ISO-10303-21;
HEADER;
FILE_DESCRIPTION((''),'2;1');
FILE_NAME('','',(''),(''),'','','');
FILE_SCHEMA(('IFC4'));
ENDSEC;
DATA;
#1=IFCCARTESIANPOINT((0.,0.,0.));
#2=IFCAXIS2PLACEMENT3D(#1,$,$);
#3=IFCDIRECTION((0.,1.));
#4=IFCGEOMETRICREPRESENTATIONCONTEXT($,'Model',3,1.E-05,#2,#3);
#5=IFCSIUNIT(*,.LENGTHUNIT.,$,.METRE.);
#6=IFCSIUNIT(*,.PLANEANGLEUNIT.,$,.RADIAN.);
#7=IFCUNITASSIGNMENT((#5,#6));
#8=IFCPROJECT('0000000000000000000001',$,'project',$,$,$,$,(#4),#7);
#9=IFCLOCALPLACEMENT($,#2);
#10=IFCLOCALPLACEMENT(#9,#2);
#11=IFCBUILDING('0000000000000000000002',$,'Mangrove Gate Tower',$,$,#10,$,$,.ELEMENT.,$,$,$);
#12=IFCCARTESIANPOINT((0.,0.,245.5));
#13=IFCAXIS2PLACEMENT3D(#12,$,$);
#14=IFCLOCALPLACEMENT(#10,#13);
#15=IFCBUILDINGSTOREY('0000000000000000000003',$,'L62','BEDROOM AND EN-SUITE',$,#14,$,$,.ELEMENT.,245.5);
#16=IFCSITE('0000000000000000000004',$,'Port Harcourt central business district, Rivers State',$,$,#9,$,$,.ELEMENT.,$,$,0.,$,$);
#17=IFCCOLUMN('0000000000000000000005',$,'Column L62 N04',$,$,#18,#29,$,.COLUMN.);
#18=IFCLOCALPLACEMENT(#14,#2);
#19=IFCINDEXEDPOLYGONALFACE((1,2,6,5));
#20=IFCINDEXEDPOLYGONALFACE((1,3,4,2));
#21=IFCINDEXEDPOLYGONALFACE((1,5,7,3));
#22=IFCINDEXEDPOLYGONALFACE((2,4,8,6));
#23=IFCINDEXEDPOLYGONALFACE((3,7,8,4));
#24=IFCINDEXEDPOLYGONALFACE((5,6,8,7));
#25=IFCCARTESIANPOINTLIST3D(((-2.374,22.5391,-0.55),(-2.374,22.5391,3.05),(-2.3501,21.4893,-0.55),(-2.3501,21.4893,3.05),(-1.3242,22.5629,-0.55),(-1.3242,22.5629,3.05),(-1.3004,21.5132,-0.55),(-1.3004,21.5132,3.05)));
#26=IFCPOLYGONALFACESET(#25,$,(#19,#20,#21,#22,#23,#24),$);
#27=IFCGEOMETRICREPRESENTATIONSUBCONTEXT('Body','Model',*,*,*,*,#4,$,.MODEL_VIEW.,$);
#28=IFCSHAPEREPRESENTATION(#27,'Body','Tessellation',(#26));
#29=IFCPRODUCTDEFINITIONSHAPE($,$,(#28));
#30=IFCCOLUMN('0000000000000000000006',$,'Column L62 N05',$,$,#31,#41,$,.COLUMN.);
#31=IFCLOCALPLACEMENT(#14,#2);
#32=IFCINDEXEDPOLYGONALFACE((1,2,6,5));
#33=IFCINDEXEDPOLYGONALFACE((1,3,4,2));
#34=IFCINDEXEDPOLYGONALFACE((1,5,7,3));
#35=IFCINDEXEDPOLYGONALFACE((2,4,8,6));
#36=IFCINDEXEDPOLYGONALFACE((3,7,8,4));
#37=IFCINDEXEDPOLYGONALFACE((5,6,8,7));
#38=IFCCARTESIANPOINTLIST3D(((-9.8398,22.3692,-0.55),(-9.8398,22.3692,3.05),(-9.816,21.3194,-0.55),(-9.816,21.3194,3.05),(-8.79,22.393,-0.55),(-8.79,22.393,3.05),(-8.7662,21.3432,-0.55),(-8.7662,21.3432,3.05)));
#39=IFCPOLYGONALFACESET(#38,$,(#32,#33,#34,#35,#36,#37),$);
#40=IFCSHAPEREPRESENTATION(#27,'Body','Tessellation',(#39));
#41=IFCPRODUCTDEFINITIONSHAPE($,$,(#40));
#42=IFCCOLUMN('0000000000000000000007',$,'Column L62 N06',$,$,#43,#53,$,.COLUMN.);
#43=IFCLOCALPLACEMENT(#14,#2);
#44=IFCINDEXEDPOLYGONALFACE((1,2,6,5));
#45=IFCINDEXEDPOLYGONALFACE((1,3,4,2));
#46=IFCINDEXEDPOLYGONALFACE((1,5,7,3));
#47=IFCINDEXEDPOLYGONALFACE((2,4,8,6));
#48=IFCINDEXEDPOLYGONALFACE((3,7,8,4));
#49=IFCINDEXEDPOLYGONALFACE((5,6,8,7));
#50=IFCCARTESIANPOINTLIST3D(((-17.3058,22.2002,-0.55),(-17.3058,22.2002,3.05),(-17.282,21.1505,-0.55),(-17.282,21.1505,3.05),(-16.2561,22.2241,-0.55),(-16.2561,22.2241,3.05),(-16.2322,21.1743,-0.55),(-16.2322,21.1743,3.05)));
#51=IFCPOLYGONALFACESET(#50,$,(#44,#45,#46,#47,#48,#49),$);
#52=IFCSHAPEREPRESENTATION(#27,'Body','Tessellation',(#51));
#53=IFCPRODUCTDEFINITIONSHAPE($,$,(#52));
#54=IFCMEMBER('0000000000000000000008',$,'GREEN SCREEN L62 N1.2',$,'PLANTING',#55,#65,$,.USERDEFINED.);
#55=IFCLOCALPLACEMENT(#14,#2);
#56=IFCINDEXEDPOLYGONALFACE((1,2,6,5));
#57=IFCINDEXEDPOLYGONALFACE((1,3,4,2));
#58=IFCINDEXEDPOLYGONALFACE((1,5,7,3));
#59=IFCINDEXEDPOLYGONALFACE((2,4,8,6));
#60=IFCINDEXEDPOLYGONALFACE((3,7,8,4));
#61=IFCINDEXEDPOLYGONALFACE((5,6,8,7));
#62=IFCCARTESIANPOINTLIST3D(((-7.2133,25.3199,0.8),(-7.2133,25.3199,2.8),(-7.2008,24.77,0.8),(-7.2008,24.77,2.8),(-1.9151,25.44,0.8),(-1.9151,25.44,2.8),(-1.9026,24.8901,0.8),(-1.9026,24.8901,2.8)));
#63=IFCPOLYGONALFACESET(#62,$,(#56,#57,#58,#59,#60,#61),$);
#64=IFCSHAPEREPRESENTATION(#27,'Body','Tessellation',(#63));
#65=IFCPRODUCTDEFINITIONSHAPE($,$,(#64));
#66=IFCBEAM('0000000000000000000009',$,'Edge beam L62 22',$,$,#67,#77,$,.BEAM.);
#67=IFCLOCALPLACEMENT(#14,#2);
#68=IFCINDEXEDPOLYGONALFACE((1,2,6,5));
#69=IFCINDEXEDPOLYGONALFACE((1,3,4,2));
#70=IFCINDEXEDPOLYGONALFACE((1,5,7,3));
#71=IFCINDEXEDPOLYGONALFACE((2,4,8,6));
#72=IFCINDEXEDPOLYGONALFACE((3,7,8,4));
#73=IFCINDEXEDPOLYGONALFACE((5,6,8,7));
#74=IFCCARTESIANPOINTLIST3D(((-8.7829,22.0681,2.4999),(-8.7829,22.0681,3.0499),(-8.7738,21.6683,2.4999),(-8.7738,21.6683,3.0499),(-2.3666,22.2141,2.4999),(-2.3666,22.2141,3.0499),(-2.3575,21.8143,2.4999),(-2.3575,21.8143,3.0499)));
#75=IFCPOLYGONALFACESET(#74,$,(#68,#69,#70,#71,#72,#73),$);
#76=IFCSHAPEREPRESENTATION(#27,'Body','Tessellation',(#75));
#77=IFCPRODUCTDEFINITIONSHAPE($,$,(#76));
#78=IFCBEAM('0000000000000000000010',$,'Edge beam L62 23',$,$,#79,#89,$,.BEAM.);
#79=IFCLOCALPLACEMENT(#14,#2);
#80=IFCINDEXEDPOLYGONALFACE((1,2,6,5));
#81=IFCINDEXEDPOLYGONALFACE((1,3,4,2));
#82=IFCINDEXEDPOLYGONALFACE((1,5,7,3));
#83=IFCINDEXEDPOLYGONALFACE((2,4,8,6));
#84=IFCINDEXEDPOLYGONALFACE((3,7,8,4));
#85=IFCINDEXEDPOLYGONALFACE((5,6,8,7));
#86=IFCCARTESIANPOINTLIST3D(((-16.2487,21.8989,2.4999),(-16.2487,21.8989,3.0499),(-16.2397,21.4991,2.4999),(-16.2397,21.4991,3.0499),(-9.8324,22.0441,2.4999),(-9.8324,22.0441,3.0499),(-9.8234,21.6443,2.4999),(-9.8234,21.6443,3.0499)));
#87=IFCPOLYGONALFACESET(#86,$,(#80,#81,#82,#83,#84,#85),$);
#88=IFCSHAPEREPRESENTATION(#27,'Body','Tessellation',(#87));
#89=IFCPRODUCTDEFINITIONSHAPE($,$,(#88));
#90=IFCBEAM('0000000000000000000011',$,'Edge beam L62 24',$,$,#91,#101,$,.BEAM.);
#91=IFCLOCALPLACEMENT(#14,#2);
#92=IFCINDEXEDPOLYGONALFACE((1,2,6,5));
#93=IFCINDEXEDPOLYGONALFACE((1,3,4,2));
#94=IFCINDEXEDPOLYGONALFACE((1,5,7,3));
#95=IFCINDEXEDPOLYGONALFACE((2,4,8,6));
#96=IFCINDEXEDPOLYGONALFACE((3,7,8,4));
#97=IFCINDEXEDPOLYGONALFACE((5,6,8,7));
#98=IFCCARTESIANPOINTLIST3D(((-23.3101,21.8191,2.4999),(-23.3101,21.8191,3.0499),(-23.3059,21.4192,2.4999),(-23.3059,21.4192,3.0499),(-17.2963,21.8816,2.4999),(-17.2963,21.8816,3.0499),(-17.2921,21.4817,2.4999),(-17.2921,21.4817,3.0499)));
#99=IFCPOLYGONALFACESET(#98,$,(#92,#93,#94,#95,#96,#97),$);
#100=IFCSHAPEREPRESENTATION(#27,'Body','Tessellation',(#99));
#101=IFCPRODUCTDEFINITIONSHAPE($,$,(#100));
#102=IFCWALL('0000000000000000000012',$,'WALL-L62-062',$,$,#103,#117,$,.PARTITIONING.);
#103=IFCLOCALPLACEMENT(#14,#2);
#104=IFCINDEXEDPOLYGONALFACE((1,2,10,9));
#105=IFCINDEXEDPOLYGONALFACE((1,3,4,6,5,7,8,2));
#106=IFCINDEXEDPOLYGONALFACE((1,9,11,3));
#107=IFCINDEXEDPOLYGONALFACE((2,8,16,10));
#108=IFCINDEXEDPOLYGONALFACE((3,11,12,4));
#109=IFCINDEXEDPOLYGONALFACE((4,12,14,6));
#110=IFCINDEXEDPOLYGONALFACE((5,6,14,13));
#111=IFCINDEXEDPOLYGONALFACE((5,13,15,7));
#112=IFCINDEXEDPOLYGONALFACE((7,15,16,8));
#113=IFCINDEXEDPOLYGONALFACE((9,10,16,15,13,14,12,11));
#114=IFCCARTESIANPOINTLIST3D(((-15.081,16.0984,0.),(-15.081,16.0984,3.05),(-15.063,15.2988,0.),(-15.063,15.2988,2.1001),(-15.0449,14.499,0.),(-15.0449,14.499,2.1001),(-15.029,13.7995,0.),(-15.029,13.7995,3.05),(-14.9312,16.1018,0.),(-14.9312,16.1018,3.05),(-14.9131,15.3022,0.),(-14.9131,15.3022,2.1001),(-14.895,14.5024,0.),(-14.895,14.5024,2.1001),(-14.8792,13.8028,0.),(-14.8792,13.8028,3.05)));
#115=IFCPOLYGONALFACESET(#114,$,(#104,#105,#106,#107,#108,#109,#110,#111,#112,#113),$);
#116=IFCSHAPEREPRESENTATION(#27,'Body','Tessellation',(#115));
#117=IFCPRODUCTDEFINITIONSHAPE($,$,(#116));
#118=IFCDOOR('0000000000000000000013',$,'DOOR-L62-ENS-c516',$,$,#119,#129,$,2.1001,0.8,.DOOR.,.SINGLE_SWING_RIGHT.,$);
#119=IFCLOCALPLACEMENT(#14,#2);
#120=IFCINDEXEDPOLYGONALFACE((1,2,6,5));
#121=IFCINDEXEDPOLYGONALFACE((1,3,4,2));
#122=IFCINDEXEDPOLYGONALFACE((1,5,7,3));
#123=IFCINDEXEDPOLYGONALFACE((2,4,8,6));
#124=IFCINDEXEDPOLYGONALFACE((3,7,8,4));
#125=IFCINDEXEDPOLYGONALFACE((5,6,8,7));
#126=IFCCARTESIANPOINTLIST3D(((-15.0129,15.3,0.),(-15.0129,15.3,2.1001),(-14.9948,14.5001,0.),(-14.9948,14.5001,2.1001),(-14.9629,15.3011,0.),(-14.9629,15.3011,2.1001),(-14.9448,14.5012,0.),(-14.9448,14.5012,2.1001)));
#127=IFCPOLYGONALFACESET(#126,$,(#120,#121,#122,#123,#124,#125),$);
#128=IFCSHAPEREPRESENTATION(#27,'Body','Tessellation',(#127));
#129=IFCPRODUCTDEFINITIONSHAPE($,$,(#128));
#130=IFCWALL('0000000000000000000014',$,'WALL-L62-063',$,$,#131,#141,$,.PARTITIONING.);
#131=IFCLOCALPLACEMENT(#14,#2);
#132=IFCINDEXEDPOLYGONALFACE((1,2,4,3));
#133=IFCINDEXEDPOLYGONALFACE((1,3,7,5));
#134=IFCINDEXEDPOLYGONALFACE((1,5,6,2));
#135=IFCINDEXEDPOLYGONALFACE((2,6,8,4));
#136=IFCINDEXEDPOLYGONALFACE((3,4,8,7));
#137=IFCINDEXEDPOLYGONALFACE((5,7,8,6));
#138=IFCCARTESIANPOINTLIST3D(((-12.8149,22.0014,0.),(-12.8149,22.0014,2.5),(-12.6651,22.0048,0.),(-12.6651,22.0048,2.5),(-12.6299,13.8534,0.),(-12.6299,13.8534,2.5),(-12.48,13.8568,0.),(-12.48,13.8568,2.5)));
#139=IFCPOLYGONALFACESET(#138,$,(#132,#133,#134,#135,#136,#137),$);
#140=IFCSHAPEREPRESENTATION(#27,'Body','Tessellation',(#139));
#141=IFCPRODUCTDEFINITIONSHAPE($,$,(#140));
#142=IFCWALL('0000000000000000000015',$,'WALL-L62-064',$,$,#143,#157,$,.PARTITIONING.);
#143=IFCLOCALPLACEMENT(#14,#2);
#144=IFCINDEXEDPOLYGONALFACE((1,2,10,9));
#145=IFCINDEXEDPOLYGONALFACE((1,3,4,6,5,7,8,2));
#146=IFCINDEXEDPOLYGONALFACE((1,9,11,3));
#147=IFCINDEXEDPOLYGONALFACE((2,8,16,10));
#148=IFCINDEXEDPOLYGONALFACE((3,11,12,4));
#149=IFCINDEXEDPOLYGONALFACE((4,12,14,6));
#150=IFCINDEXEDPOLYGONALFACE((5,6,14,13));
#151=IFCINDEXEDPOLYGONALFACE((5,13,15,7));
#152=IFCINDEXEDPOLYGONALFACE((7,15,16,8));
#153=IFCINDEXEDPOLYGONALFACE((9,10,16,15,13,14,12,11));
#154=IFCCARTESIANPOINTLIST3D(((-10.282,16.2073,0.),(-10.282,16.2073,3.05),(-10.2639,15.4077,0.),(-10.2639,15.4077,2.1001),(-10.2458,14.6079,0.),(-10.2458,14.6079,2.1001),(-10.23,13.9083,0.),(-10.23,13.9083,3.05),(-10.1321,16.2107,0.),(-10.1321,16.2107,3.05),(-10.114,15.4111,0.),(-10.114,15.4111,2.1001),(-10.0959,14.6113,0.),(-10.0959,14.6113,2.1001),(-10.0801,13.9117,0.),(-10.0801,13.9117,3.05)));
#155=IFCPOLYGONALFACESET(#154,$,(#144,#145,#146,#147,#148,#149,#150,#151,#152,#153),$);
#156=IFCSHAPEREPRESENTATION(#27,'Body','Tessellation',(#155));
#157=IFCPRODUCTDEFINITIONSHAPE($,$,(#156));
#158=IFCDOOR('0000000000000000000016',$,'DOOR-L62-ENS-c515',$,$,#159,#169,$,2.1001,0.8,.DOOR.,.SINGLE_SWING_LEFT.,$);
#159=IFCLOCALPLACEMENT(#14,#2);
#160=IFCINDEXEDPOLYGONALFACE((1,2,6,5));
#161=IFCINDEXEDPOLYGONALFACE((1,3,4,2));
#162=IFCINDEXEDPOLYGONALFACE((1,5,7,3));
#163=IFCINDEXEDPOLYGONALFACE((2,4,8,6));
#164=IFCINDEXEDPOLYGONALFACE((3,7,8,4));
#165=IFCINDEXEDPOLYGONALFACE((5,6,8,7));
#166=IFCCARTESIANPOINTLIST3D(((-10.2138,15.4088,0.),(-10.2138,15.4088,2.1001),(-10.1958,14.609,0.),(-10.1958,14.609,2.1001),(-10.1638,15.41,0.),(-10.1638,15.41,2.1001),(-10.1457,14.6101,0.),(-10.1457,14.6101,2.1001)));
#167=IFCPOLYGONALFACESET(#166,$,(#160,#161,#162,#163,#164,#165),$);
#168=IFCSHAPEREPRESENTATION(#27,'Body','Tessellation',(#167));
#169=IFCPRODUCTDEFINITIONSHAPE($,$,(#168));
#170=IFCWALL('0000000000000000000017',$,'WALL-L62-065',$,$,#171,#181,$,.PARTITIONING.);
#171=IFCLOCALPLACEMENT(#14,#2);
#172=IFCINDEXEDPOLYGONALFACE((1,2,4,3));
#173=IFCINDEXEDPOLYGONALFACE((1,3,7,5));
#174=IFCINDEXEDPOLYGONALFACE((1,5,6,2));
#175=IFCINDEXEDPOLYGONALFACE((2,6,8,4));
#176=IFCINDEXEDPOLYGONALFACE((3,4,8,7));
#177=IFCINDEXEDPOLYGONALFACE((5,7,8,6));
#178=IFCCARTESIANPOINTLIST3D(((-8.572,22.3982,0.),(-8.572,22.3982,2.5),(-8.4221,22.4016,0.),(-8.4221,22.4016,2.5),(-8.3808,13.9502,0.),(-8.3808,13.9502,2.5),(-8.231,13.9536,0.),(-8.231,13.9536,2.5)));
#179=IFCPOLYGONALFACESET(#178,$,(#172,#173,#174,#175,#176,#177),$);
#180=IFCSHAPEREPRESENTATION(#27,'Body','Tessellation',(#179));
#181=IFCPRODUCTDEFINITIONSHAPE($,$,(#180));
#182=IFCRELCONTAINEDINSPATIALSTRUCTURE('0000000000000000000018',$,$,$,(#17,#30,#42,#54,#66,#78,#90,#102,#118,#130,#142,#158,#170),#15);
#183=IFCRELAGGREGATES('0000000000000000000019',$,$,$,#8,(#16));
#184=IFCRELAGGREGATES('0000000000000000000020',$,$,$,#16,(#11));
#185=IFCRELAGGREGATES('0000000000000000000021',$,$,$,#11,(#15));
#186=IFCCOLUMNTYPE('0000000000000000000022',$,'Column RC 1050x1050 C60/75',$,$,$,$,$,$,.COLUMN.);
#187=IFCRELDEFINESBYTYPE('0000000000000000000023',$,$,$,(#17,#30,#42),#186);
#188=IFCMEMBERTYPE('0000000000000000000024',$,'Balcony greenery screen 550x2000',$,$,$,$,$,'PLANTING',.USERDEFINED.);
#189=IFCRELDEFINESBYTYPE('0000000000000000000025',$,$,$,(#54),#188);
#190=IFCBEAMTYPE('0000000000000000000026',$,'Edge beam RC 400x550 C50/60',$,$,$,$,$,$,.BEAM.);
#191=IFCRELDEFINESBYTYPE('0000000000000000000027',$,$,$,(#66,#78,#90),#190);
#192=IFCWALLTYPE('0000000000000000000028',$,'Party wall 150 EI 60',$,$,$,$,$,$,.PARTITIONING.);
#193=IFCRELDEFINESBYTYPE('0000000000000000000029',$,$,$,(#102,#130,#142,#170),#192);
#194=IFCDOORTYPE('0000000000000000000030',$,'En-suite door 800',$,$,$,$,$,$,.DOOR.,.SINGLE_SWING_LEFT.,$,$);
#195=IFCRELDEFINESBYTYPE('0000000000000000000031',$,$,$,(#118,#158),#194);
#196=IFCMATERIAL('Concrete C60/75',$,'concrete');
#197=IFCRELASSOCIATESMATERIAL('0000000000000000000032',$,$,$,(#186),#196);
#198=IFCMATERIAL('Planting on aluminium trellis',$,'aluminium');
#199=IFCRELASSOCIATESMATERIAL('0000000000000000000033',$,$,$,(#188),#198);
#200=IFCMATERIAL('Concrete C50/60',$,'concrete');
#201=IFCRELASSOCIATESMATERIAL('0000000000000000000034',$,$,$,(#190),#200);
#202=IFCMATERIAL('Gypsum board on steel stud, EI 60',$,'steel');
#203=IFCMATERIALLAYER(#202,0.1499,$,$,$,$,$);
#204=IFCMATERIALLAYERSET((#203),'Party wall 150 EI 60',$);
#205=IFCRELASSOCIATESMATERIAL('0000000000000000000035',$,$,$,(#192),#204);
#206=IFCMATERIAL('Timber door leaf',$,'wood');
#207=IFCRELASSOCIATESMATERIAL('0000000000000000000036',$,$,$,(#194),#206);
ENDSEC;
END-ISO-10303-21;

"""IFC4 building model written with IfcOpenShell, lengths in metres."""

from ifc_helpers import new_model, si_unit, direction, frame, frame_2d, origin, origin_2d, place, context, subcontext, project, spatial, rectangle, extrude, material, layer, layer_set, material_profile, profile_set, type_object, element, fill, save


model = new_model("IFC4")

# Units and contexts
model_context = context("Model", 3, precision=1e-05, world=origin(), true_north=direction((0.0, 1.0)))
body_context = subcontext(model_context, "Body", "Model", "MODEL_VIEW")
ifc_project = project(units=[si_unit("LENGTHUNIT", "METRE"), si_unit("PLANEANGLEUNIT", "RADIAN")], contexts=[model_context])

# Site, building, storey
site_placement = place(None, origin())
site = spatial("IfcSite", under=ifc_project, at=site_placement, Name="Port Harcourt central business district, Rivers State", CompositionType="ELEMENT", RefElevation=0.0)
building_placement = place(site_placement, origin())
building = spatial("IfcBuilding", under=site, at=building_placement, Name="Mangrove Gate Tower", CompositionType="ELEMENT")
storey_placement = place(building_placement, frame((0.0, 0.0, 245.5)))
storey = spatial("IfcBuildingStorey", under=building, at=storey_placement, Name="L62", Description="BEDROOM AND EN-SUITE", CompositionType="ELEMENT", Elevation=245.5)

# Columns
ifc_material_1 = material(Name="Concrete C60/75", Category="concrete")
ifc_material_profile_1 = material_profile(ifc_material_1, rectangle(XDim=1.05, YDim=1.05, at=origin_2d()))
ifc_profile_set_1 = profile_set([ifc_material_profile_1], Name="Concrete C60/75")
column_type = type_object("IfcColumnType", Name="Column RC 1050x1050 C60/75", PredefinedType="COLUMN", material=ifc_profile_set_1)
for number, where, z_axis, x_axis, name in (
    (1, (-1.8372, 22.0261, -0.55), (0.0, 0.0, 1.0), (-0.999742, -0.022697, 0.0), "Column L62 N04"),
    (2, (-9.303, 21.8562, -0.55), (0.0, 0.0, 1.0), (-0.999742, -0.022697, 0.0), "Column L62 N05"),
    (3, (-16.769, 21.6873, -0.55), (0.0, 0.0, 1.0), (-0.999742, -0.022697, 0.0), "Column L62 N06"),
):
    element("IfcColumn", number, at=place(storey_placement, frame(where, z_axis=z_axis, x_axis=x_axis)), inside=storey, type_object=column_type, Name=name, PredefinedType="COLUMN", context=body_context, shape_type="SweptSolid", body=[
        extrude(rectangle(XDim=1.05, YDim=1.05, at=origin_2d()), origin(), (0.0, 0.0, 1.0), 3.6001),
    ])

# Member
ifc_material_2 = material(Name="Planting on aluminium trellis", Category="aluminium")
ifc_material_profile_2 = material_profile(ifc_material_2, rectangle(XDim=0.55, YDim=2.0, at=origin_2d()))
ifc_profile_set_2 = profile_set([ifc_material_profile_2], Name="Planting on aluminium trellis")
member_type = type_object("IfcMemberType", Name="Balcony greenery screen 550x2000", ElementType="PLANTING", PredefinedType="USERDEFINED", material=ifc_profile_set_2)
member_placement = place(storey_placement, frame((-7.207, 25.0449, 1.8), z_axis=(0.999743, 0.022666, 0.0), x_axis=(-0.022666, 0.999743, 0.0)))
element("IfcMember", 4, at=member_placement, inside=storey, type_object=member_type, Name="GREEN SCREEN L62 N1.2", ObjectType="PLANTING", PredefinedType="USERDEFINED", context=body_context, shape_type="SweptSolid", body=[
    extrude(rectangle(XDim=0.55, YDim=2.0, at=origin_2d()), origin(), (0.0, 0.0, 1.0), 5.2996),
])

# Beams
ifc_material_3 = material(Name="Concrete C50/60", Category="concrete")
ifc_material_profile_3 = material_profile(ifc_material_3, rectangle(XDim=0.3999, YDim=0.55, at=origin_2d()))
ifc_profile_set_3 = profile_set([ifc_material_profile_3], Name="Concrete C50/60")
beam_type = type_object("IfcBeamType", Name="Edge beam RC 400x550 C50/60", PredefinedType="BEAM", material=ifc_profile_set_3)
for number, where, z_axis, x_axis, name in (
    (5, (-2.3621, 22.0142, 2.7749), (-0.999741, -0.022748, 0.0), (0.022748, -0.999741, 0.0), "Edge beam L62 22"),
    (6, (-9.8279, 21.8442, 2.7749), (-0.999744, -0.022634, 0.0), (0.022634, -0.999744, 0.0), "Edge beam L62 23"),
):
    element("IfcBeam", number, at=place(storey_placement, frame(where, z_axis=z_axis, x_axis=x_axis)), inside=storey, type_object=beam_type, Name=name, PredefinedType="BEAM", context=body_context, shape_type="SweptSolid", body=[
        extrude(rectangle(XDim=0.3999, YDim=0.55, at=origin_2d()), origin(), (0.0, 0.0, 1.0), 6.418),
    ])
beam_placement = place(storey_placement, frame((-17.2942, 21.6816, 2.7749), z_axis=(-0.999946, -0.010392, 0.0), x_axis=(0.010392, -0.999946, 0.0)))
element("IfcBeam", 7, at=beam_placement, inside=storey, type_object=beam_type, Name="Edge beam L62 24", PredefinedType="BEAM", context=body_context, shape_type="SweptSolid", body=[
    extrude(rectangle(XDim=0.3999, YDim=0.55, at=origin_2d()), origin(), (0.0, 0.0, 1.0), 6.0142),
])

# Wall, opening, door
ifc_material_4 = material(Name="Gypsum board on steel stud, EI 60", Category="steel")
ifc_layer_1 = layer(ifc_material_4, 0.1499)
ifc_layer_set_1 = layer_set([ifc_layer_1], Name="Party wall 150 EI 60")
wall_type_1 = type_object("IfcWallType", Name="Party wall 150 EI 60", PredefinedType="PARTITIONING", material=ifc_layer_set_1)
wall_1_placement = place(storey_placement, frame((-14.9541, 13.801, 0.0), z_axis=(0.0, 0.0, 1.0), x_axis=(-0.022613, 0.999744, 0.0)))
wall_1 = element("IfcWall", 8, at=wall_1_placement, inside=storey, type_object=wall_type_1, Name="WALL-L62-062", PredefinedType="PARTITIONING", context=body_context, shape_type="SweptSolid", body=[
    extrude(rectangle(XDim=2.2996, YDim=0.1499, at=frame_2d((1.1499, 0.0))), origin(), (0.0, 0.0, 1.0), 3.05),
])
opening_1_placement = place(wall_1_placement, frame((0.7, 0.0, 0.0)))
opening_1 = element("IfcOpeningElement", 9, at=opening_1_placement, cuts=wall_1, PredefinedType="OPENING", context=body_context, shape_type="SweptSolid", body=[
    extrude(rectangle(XDim=0.8, YDim=2.1001, at=frame_2d((0.3999, 1.05))), frame((0.0, 0.085, 0.0), z_axis=(0.0, -1.0, 0.0), x_axis=(1.0, 0.0, 0.0)), (0.0, 0.0, 1.0), 0.1699),
])
ifc_material_5 = material(Name="Timber door leaf", Category="wood")
door_type = type_object("IfcDoorType", Name="En-suite door 800", OperationType="SINGLE_SWING_LEFT", PredefinedType="DOOR", material=ifc_material_5)
door_1_placement = place(opening_1_placement, origin())
door_1 = element("IfcDoor", 10, at=door_1_placement, inside=storey, type_object=door_type, Name="DOOR-L62-ENS-c516", OperationType="SINGLE_SWING_RIGHT", OverallHeight=2.1001, OverallWidth=0.8, PredefinedType="DOOR", context=body_context, shape_type="SweptSolid", body=[
    extrude(rectangle(XDim=0.8, YDim=2.1001, at=frame_2d((0.3999, 1.05))), frame((0.0, 0.0249, 0.0), z_axis=(0.0, -1.0, 0.0), x_axis=(1.0, 0.0, 0.0)), (0.0, 0.0, 1.0), 0.05),
])
fill(opening_1, door_1)

# Wall
wall_2_placement = place(storey_placement, frame((-12.5549, 13.855, 0.0), z_axis=(0.0, 0.0, 1.0), x_axis=(-0.022706, 0.999742, 0.0)))
element("IfcWall", 11, at=wall_2_placement, inside=storey, type_object=wall_type_1, Name="WALL-L62-063", PredefinedType="PARTITIONING", context=body_context, shape_type="SweptSolid", body=[
    extrude(rectangle(XDim=8.1501, YDim=0.1499, at=frame_2d((4.0752, 0.0))), origin(), (0.0, 0.0, 1.0), 2.5),
])

# Wall, opening, door
wall_3_placement = place(storey_placement, frame((-10.155, 13.9099, 0.0), z_axis=(0.0, 0.0, 1.0), x_axis=(-0.022613, 0.999744, 0.0)))
wall_3 = element("IfcWall", 12, at=wall_3_placement, inside=storey, type_object=wall_type_1, Name="WALL-L62-064", PredefinedType="PARTITIONING", context=body_context, shape_type="SweptSolid", body=[
    extrude(rectangle(XDim=2.2996, YDim=0.1499, at=frame_2d((1.1499, 0.0))), origin(), (0.0, 0.0, 1.0), 3.05),
])
opening_2_placement = place(wall_3_placement, frame((0.7, 0.0, 0.0)))
opening_2 = element("IfcOpeningElement", 13, at=opening_2_placement, cuts=wall_3, PredefinedType="OPENING", context=body_context, shape_type="SweptSolid", body=[
    extrude(rectangle(XDim=0.8, YDim=2.1001, at=frame_2d((0.3999, 1.05))), frame((0.0, 0.085, 0.0), z_axis=(0.0, -1.0, 0.0), x_axis=(1.0, 0.0, 0.0)), (0.0, 0.0, 1.0), 0.1699),
])
door_2_placement = place(opening_2_placement, origin())
door_2 = element("IfcDoor", 14, at=door_2_placement, inside=storey, type_object=door_type, Name="DOOR-L62-ENS-c515", OperationType="SINGLE_SWING_LEFT", OverallHeight=2.1001, OverallWidth=0.8, PredefinedType="DOOR", context=body_context, shape_type="SweptSolid", body=[
    extrude(rectangle(XDim=0.8, YDim=2.1001, at=frame_2d((0.3999, 1.05))), frame((0.0, 0.0249, 0.0), z_axis=(0.0, -1.0, 0.0), x_axis=(1.0, 0.0, 0.0)), (0.0, 0.0, 1.0), 0.05),
])
fill(opening_2, door_2)

# Wall
wall_4_placement = place(storey_placement, frame((-8.3059, 13.9519, 0.0), z_axis=(0.0, 0.0, 1.0), x_axis=(-0.022622, 0.999744, 0.0)))
element("IfcWall", 15, at=wall_4_placement, inside=storey, type_object=wall_type_1, Name="WALL-L62-065", PredefinedType="PARTITIONING", context=body_context, shape_type="SweptSolid", body=[
    extrude(rectangle(XDim=8.4502, YDim=0.1499, at=frame_2d((4.2251, 0.0))), origin(), (0.0, 0.0, 1.0), 2.5),
])

save(model, "model.ifc")
